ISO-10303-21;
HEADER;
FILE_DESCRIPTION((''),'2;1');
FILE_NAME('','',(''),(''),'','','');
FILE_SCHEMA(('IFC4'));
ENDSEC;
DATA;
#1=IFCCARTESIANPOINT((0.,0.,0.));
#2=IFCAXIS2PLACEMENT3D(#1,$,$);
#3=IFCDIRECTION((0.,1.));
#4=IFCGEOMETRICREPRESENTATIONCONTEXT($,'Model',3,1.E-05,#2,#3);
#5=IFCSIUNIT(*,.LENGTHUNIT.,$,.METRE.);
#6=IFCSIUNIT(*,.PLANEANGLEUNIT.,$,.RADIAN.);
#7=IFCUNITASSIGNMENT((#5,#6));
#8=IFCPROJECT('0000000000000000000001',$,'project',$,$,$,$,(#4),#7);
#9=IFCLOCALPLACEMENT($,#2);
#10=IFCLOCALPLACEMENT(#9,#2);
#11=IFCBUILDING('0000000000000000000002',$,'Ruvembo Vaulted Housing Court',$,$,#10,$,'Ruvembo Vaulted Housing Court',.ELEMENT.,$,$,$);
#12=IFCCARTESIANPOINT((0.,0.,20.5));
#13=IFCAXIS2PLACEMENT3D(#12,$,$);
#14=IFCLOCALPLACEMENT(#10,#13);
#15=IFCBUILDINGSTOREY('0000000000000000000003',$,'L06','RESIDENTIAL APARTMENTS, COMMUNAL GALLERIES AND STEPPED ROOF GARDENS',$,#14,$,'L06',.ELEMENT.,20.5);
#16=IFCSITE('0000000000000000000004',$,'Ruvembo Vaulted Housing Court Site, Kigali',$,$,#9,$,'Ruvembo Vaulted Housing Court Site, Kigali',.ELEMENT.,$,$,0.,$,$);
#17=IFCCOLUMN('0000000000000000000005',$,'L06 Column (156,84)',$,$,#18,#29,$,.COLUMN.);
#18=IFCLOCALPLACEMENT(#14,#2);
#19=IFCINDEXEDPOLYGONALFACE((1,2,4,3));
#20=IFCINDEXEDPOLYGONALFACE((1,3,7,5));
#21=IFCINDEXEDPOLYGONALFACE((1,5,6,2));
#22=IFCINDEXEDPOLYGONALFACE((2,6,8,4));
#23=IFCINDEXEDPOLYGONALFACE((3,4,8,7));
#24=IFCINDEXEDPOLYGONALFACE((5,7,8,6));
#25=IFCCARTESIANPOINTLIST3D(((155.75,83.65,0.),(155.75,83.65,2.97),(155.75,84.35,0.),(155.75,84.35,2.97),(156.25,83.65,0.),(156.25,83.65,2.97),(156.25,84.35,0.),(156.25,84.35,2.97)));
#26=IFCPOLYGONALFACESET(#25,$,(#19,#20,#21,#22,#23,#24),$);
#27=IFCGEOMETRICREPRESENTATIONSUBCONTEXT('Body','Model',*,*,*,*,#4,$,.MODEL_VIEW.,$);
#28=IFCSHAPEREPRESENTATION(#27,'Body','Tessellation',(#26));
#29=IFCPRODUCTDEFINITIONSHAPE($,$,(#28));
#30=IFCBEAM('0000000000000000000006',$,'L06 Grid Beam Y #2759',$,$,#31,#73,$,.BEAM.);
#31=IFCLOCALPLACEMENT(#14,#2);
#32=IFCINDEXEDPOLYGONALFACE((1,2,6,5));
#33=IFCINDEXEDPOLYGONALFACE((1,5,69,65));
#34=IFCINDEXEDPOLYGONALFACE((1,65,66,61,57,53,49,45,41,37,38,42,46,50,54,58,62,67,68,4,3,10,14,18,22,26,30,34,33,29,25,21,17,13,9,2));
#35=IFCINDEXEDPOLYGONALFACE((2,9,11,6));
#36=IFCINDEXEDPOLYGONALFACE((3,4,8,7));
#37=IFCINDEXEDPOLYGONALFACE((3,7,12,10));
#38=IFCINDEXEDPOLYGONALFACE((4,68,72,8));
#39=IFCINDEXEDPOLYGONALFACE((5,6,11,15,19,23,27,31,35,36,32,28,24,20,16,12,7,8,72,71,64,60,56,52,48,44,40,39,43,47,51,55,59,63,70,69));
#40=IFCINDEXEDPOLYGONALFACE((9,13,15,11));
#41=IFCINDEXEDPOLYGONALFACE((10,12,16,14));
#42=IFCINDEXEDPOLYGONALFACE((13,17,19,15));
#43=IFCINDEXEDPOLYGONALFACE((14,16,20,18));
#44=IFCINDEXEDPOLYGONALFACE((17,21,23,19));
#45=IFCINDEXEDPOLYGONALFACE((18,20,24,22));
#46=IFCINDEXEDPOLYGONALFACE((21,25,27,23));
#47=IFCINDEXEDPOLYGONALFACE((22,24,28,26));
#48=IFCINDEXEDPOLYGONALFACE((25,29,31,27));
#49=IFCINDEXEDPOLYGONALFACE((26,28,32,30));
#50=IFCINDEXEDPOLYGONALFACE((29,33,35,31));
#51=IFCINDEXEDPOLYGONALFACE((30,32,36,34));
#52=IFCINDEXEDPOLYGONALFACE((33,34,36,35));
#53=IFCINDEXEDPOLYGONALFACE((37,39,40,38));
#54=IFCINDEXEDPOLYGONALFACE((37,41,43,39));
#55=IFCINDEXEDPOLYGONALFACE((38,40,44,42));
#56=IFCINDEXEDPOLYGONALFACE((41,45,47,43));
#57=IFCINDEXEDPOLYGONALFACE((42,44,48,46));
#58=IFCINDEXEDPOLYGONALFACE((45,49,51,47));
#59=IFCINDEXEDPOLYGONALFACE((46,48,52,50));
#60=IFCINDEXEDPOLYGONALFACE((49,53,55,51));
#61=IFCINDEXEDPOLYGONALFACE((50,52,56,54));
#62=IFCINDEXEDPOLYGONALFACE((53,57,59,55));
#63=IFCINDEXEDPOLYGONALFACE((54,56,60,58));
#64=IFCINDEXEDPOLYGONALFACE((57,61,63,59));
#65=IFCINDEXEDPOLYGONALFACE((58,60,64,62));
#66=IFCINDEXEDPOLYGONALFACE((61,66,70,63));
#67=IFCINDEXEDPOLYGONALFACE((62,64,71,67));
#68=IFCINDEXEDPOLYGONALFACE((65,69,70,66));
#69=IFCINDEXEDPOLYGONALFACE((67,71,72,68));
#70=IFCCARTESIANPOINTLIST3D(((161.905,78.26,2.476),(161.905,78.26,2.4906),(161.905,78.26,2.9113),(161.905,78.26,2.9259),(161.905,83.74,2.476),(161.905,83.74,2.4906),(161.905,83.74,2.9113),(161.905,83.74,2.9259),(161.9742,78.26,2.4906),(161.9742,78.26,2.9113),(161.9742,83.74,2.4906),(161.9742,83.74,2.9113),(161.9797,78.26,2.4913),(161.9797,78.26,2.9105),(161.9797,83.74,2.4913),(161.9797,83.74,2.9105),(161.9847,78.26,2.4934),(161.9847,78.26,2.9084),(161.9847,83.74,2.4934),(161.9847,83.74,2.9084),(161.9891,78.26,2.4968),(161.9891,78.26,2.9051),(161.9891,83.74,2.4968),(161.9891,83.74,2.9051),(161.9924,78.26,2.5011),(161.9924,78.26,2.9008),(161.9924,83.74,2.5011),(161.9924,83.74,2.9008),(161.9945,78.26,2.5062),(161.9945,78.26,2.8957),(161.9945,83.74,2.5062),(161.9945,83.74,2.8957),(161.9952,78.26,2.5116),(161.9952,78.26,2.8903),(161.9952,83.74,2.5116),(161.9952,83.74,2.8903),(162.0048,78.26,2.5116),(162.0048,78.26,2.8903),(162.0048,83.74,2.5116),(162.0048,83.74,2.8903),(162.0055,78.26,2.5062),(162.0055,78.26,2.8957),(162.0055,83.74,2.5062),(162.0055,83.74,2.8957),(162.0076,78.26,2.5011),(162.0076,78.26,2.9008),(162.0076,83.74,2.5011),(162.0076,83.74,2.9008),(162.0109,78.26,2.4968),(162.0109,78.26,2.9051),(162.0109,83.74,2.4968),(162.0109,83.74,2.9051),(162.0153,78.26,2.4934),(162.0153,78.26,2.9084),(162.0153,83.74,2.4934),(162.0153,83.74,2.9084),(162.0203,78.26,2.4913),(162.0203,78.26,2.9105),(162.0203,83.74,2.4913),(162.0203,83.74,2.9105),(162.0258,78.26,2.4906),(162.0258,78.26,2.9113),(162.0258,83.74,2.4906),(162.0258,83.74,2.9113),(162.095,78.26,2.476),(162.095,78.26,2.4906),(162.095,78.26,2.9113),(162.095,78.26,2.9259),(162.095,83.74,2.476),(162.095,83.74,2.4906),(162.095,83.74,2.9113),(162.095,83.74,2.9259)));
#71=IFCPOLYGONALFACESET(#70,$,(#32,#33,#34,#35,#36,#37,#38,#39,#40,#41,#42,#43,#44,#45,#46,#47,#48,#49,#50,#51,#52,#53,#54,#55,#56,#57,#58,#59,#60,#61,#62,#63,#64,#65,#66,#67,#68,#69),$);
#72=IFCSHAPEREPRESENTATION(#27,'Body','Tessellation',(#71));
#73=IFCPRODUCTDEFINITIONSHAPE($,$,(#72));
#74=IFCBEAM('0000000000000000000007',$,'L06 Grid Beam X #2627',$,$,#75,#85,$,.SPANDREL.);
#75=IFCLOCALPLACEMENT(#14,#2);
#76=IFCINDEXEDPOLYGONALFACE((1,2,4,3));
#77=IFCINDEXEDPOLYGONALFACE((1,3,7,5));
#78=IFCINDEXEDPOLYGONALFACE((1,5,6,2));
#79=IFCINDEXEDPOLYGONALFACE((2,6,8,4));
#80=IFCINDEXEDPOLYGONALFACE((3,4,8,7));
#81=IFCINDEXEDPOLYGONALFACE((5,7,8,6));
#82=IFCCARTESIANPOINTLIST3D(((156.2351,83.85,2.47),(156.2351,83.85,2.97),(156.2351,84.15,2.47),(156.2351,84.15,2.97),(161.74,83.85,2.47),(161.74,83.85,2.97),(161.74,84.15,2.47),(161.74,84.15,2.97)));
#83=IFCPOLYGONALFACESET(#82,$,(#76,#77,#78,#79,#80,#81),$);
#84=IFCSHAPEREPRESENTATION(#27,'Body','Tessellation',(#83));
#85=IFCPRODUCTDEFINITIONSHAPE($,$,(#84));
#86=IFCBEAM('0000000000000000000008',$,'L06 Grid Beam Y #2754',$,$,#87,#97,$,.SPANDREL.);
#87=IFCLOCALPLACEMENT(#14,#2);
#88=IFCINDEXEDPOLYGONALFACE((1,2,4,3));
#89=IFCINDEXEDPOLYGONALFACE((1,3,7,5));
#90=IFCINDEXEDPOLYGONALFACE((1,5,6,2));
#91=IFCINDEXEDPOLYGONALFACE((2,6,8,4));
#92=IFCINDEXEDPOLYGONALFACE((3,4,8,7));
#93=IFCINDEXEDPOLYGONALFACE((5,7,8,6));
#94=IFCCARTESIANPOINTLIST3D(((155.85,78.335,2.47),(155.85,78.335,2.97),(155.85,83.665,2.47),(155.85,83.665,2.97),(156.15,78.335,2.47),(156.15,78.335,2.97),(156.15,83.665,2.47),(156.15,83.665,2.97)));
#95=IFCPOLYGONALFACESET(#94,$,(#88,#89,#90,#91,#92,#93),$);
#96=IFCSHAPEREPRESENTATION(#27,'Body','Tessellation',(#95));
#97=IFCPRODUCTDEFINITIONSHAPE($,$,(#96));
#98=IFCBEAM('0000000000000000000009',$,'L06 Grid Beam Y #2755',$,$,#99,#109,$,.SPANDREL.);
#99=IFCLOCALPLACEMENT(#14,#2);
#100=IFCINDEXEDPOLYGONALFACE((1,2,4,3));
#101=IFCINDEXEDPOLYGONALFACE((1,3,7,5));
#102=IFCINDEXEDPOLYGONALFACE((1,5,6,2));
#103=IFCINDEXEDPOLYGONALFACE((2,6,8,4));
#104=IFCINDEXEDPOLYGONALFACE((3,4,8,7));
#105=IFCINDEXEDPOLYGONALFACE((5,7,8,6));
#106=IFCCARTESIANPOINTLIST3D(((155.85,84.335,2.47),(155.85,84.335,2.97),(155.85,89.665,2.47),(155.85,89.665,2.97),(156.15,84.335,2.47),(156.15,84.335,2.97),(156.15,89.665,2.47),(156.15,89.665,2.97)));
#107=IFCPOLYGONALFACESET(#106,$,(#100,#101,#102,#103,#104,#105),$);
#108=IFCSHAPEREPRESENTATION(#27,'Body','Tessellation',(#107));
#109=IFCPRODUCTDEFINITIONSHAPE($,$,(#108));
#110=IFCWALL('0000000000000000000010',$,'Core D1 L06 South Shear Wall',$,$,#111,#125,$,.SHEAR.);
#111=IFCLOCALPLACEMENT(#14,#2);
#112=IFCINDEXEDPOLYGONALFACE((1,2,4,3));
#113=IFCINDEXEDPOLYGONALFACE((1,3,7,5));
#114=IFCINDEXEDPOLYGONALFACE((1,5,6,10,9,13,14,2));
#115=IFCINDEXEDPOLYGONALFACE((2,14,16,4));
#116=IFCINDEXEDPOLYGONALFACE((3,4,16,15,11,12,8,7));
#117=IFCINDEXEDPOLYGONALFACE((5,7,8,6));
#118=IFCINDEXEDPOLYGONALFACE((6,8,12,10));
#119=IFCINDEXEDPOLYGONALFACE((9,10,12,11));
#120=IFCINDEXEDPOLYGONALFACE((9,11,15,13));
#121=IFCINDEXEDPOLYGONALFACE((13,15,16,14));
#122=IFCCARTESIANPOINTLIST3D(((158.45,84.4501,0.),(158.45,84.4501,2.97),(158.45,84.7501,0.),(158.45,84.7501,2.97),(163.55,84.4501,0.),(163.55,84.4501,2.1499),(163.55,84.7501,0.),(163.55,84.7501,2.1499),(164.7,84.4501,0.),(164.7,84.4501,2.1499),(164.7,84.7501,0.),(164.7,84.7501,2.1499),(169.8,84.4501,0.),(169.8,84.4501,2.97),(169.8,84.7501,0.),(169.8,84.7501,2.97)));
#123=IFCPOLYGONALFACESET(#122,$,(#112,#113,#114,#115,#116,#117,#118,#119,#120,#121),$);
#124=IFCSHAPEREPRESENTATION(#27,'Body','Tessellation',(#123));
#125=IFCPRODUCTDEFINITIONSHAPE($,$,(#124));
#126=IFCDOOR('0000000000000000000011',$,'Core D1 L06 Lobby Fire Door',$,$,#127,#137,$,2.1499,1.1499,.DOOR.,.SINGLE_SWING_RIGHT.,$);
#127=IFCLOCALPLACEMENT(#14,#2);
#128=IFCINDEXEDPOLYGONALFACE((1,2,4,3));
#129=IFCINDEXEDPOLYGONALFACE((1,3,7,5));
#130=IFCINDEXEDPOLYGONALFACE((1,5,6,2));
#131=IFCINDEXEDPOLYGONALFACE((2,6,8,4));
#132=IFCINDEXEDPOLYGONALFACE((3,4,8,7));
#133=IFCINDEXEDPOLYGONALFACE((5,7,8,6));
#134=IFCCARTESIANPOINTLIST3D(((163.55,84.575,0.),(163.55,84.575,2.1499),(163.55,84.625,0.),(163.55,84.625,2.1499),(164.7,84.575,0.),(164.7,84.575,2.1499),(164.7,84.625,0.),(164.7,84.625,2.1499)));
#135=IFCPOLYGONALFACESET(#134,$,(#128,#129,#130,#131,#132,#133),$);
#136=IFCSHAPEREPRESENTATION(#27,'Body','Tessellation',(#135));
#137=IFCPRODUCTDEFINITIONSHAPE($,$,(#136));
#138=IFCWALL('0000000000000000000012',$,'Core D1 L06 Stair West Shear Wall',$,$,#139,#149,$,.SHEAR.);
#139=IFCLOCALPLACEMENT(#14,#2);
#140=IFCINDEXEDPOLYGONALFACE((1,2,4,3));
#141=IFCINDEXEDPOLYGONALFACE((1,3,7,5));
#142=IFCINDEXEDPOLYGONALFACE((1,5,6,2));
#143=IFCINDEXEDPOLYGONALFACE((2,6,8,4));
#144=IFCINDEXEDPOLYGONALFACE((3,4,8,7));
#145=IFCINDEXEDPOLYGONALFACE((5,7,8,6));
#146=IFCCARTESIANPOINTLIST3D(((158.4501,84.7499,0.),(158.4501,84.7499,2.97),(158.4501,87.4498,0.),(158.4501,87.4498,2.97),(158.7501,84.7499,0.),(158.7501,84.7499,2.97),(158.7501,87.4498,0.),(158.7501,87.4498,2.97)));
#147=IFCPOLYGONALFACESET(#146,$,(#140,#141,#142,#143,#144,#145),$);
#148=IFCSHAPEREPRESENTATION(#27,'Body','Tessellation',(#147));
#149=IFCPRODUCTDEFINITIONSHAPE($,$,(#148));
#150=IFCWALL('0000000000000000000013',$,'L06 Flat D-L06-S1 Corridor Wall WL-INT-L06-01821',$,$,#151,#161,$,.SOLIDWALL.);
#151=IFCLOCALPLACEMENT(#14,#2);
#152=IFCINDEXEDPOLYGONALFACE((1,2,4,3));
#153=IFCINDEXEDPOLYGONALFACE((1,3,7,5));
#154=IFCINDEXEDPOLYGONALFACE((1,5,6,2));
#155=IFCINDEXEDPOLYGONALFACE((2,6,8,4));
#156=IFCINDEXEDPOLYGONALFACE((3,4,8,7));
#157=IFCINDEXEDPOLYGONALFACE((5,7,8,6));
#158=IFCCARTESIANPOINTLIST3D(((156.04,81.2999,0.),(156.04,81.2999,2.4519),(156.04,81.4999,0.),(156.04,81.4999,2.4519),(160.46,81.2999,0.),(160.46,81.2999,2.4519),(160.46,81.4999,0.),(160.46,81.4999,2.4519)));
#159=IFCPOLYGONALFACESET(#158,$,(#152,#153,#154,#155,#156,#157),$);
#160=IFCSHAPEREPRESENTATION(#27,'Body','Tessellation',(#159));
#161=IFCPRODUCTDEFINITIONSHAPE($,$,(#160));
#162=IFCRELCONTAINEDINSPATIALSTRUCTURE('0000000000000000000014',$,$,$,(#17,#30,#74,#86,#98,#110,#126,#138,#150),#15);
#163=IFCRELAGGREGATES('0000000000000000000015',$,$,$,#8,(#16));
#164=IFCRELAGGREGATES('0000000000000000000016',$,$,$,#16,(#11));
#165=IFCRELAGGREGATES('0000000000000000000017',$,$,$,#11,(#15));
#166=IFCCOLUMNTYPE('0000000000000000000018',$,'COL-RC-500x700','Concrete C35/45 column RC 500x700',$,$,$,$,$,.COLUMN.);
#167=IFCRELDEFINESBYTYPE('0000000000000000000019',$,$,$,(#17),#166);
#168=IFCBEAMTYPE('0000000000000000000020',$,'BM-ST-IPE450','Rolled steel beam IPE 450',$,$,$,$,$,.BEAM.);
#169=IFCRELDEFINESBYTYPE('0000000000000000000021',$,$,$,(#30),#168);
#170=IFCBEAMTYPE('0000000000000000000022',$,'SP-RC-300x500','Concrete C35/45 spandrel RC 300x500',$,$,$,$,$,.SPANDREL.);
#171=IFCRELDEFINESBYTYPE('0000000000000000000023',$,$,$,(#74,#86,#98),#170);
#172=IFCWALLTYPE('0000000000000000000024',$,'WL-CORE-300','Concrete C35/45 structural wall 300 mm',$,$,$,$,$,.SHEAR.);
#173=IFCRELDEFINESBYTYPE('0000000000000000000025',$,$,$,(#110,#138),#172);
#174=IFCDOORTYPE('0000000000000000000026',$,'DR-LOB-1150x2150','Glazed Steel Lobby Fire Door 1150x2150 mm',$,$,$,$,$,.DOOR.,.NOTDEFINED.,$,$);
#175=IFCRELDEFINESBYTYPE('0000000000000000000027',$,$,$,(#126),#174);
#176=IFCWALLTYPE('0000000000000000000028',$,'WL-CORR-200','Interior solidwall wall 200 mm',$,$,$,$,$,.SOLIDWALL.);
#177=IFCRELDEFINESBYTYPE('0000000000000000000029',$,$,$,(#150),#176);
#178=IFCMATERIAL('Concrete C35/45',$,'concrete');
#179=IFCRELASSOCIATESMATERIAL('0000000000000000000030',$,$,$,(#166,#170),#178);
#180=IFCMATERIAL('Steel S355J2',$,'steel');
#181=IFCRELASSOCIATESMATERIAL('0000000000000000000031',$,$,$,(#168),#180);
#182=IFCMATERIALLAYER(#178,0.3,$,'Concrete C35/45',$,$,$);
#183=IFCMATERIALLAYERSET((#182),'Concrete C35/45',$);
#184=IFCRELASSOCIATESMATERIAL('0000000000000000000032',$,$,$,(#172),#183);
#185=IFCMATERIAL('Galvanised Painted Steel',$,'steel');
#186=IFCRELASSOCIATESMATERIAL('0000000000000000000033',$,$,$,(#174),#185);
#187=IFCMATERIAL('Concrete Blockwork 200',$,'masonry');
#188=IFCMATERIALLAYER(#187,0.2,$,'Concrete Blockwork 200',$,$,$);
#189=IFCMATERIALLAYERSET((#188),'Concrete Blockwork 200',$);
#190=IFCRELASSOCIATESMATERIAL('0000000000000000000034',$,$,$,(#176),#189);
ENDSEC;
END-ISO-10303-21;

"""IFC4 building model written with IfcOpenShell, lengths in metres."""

from ifc_helpers import new_model, si_unit, direction, frame, frame_2d, origin, origin_2d, place, context, subcontext, project, spatial, rectangle, i_section, extrude, material, layer, layer_set, material_profile, profile_set, type_object, element, fill, save


model = new_model("IFC4")

# Units and contexts
model_context = context("Model", 3, precision=1e-05, world=origin(), true_north=direction((0.0, 1.0)))
body_context = subcontext(model_context, "Body", "Model", "MODEL_VIEW")
ifc_project = project(units=[si_unit("LENGTHUNIT", "METRE"), si_unit("PLANEANGLEUNIT", "RADIAN")], contexts=[model_context])

# Site, building, storey
site_placement = place(None, origin())
site = spatial("IfcSite", under=ifc_project, at=site_placement, Name="Ruvembo Vaulted Housing Court Site, Kigali", LongName="Ruvembo Vaulted Housing Court Site, Kigali", CompositionType="ELEMENT", RefElevation=0.0)
building_placement = place(site_placement, origin())
building = spatial("IfcBuilding", under=site, at=building_placement, Name="Ruvembo Vaulted Housing Court", LongName="Ruvembo Vaulted Housing Court", CompositionType="ELEMENT")
storey_placement = place(building_placement, frame((0.0, 0.0, 20.5)))
storey = spatial("IfcBuildingStorey", under=building, at=storey_placement, Name="L06", Description="RESIDENTIAL APARTMENTS, COMMUNAL GALLERIES AND STEPPED ROOF GARDENS", LongName="L06", CompositionType="ELEMENT", Elevation=20.5)

# Column
ifc_material_1 = material(Name="Concrete C35/45", Category="concrete")
ifc_material_profile_1 = material_profile(ifc_material_1, rectangle(XDim=0.5, YDim=0.7, at=origin_2d()), Name="RC 500x700")
ifc_profile_set_1 = profile_set([ifc_material_profile_1], Name="Concrete C35/45")
column_type = type_object("IfcColumnType", Name="COL-RC-500x700", Description="Concrete C35/45 column RC 500x700", PredefinedType="COLUMN", material=ifc_profile_set_1)
column_placement = place(storey_placement, frame((156.0, 84.0, 0.0), z_axis=(0.0, 0.0, 1.0), x_axis=(1.0, 0.0, 0.0)))
element("IfcColumn", 1, at=column_placement, inside=storey, type_object=column_type, Name="L06 Column (156,84)", PredefinedType="COLUMN", context=body_context, shape_type="SweptSolid", body=[
    extrude(rectangle(XDim=0.5, YDim=0.7, at=origin_2d()), origin(), (0.0, 0.0, 1.0), 2.97),
])

# Beams
ifc_material_2 = material(Name="Steel S355J2", Category="steel")
ifc_material_profile_2 = material_profile(ifc_material_2, i_section(OverallWidth=0.1899, OverallDepth=0.45, WebThickness=0.0095, FlangeThickness=0.0146, FilletRadius=0.021, at=origin_2d()), Name="IPE 450")
ifc_profile_set_2 = profile_set([ifc_material_profile_2], Name="Steel S355J2")
beam_type_1 = type_object("IfcBeamType", Name="BM-ST-IPE450", Description="Rolled steel beam IPE 450", PredefinedType="BEAM", material=ifc_profile_set_2)
beam_1_placement = place(storey_placement, frame((162.0, 78.26, 2.7009), z_axis=(0.0, 1.0, 0.0), x_axis=(-1.0, 0.0, 0.0)))
element("IfcBeam", 2, at=beam_1_placement, inside=storey, type_object=beam_type_1, Name="L06 Grid Beam Y #2759", PredefinedType="BEAM", context=body_context, shape_type="SweptSolid", body=[
    extrude(i_section(OverallWidth=0.1899, OverallDepth=0.45, WebThickness=0.0095, FlangeThickness=0.0146, FilletRadius=0.021, at=origin_2d()), origin(), (0.0, 0.0, 1.0), 5.48),
])
ifc_material_profile_3 = material_profile(ifc_material_1, rectangle(XDim=0.3, YDim=0.5, at=origin_2d()), Name="RC 300x500")
ifc_profile_set_3 = profile_set([ifc_material_profile_3], Name="Concrete C35/45")
beam_type_2 = type_object("IfcBeamType", Name="SP-RC-300x500", Description="Concrete C35/45 spandrel RC 300x500", PredefinedType="SPANDREL", material=ifc_profile_set_3)
beam_2_placement = place(storey_placement, frame((156.2351, 84.0, 2.72), z_axis=(1.0, 0.0, 0.0), x_axis=(0.0, 1.0, 0.0)))
element("IfcBeam", 3, at=beam_2_placement, inside=storey, type_object=beam_type_2, Name="L06 Grid Beam X #2627", PredefinedType="SPANDREL", context=body_context, shape_type="SweptSolid", body=[
    extrude(rectangle(XDim=0.3, YDim=0.5, at=origin_2d()), origin(), (0.0, 0.0, 1.0), 5.5049),
])
for number, where, z_axis, x_axis, name in (
    (4, (156.0, 78.335, 2.72), (0.0, 1.0, 0.0), (-1.0, 0.0, 0.0), "L06 Grid Beam Y #2754"),
    (5, (156.0, 84.335, 2.72), (0.0, 1.0, 0.0), (-1.0, 0.0, 0.0), "L06 Grid Beam Y #2755"),
):
    element("IfcBeam", number, at=place(storey_placement, frame(where, z_axis=z_axis, x_axis=x_axis)), inside=storey, type_object=beam_type_2, Name=name, PredefinedType="SPANDREL", context=body_context, shape_type="SweptSolid", body=[
        extrude(rectangle(XDim=0.3, YDim=0.5, at=origin_2d()), origin(), (0.0, 0.0, 1.0), 5.3301),
    ])

# Wall, opening, door
ifc_layer_1 = layer(ifc_material_1, 0.3, Name="Concrete C35/45")
ifc_layer_set_1 = layer_set([ifc_layer_1], Name="Concrete C35/45")
wall_type_1 = type_object("IfcWallType", Name="WL-CORE-300", Description="Concrete C35/45 structural wall 300 mm", PredefinedType="SHEAR", material=ifc_layer_set_1)
wall_1_placement = place(storey_placement, frame((158.45, 84.6001, 0.0), z_axis=(0.0, 0.0, 1.0), x_axis=(1.0, 0.0, 0.0)))
wall_1 = element("IfcWall", 6, at=wall_1_placement, inside=storey, type_object=wall_type_1, Name="Core D1 L06 South Shear Wall", PredefinedType="SHEAR", context=body_context, shape_type="SweptSolid", body=[
    extrude(rectangle(XDim=11.3501, YDim=0.3, at=frame_2d((5.675, 0.0))), origin(), (0.0, 0.0, 1.0), 2.97),
])
opening_1_placement = place(wall_1_placement, frame((5.1001, 0.0, 0.0)))
opening_1 = element("IfcOpeningElement", 7, at=opening_1_placement, cuts=wall_1, PredefinedType="OPENING", context=body_context, shape_type="SweptSolid", body=[
    extrude(rectangle(XDim=1.1499, YDim=2.1499, at=frame_2d((0.575, 1.075))), frame((0.0, 0.1599, 0.0), z_axis=(0.0, -1.0, 0.0), x_axis=(1.0, 0.0, 0.0)), (0.0, 0.0, 1.0), 0.3201),
])
ifc_material_3 = material(Name="Galvanised Painted Steel", Category="steel")
door_type_1 = type_object("IfcDoorType", Name="DR-LOB-1150x2150", Description="Glazed Steel Lobby Fire Door 1150x2150 mm", OperationType="NOTDEFINED", PredefinedType="DOOR", material=ifc_material_3)
door_1_placement = place(opening_1_placement, origin())
door_1 = element("IfcDoor", 8, at=door_1_placement, inside=storey, type_object=door_type_1, Name="Core D1 L06 Lobby Fire Door", OperationType="SINGLE_SWING_RIGHT", OverallHeight=2.1499, OverallWidth=1.1499, PredefinedType="DOOR", context=body_context, shape_type="SweptSolid", body=[
    extrude(rectangle(XDim=1.1499, YDim=2.1499, at=frame_2d((0.575, 1.075))), frame((0.0, 0.0249, 0.0), z_axis=(0.0, -1.0, 0.0), x_axis=(1.0, 0.0, 0.0)), (0.0, 0.0, 1.0), 0.05),
])
fill(opening_1, door_1)

# Walls
wall_2_placement = place(storey_placement, frame((158.6001, 87.45, 0.0), z_axis=(0.0, 0.0, 1.0), x_axis=(0.0, -1.0, 0.0)))
element("IfcWall", 9, at=wall_2_placement, inside=storey, type_object=wall_type_1, Name="Core D1 L06 Stair West Shear Wall", PredefinedType="SHEAR", context=body_context, shape_type="SweptSolid", body=[
    extrude(rectangle(XDim=2.7, YDim=0.3, at=frame_2d((1.3501, 0.0))), origin(), (0.0, 0.0, 1.0), 2.97),
])
ifc_material_4 = material(Name="Concrete Blockwork 200", Category="masonry")
ifc_layer_2 = layer(ifc_material_4, 0.2, Name="Concrete Blockwork 200")
ifc_layer_set_2 = layer_set([ifc_layer_2], Name="Concrete Blockwork 200")
wall_type_2 = type_object("IfcWallType", Name="WL-CORR-200", Description="Interior solidwall wall 200 mm", PredefinedType="SOLIDWALL", material=ifc_layer_set_2)
wall_3_placement = place(storey_placement, frame((156.04, 81.3999, 0.0), z_axis=(0.0, 0.0, 1.0), x_axis=(1.0, 0.0, 0.0)))
element("IfcWall", 10, at=wall_3_placement, inside=storey, type_object=wall_type_2, Name="L06 Flat D-L06-S1 Corridor Wall WL-INT-L06-01821", PredefinedType="SOLIDWALL", context=body_context, shape_type="SweptSolid", body=[
    extrude(rectangle(XDim=4.4199, YDim=0.2, at=frame_2d((2.21, 0.0))), origin(), (0.0, 0.0, 1.0), 2.4519),
])

save(model, "model.ifc")
